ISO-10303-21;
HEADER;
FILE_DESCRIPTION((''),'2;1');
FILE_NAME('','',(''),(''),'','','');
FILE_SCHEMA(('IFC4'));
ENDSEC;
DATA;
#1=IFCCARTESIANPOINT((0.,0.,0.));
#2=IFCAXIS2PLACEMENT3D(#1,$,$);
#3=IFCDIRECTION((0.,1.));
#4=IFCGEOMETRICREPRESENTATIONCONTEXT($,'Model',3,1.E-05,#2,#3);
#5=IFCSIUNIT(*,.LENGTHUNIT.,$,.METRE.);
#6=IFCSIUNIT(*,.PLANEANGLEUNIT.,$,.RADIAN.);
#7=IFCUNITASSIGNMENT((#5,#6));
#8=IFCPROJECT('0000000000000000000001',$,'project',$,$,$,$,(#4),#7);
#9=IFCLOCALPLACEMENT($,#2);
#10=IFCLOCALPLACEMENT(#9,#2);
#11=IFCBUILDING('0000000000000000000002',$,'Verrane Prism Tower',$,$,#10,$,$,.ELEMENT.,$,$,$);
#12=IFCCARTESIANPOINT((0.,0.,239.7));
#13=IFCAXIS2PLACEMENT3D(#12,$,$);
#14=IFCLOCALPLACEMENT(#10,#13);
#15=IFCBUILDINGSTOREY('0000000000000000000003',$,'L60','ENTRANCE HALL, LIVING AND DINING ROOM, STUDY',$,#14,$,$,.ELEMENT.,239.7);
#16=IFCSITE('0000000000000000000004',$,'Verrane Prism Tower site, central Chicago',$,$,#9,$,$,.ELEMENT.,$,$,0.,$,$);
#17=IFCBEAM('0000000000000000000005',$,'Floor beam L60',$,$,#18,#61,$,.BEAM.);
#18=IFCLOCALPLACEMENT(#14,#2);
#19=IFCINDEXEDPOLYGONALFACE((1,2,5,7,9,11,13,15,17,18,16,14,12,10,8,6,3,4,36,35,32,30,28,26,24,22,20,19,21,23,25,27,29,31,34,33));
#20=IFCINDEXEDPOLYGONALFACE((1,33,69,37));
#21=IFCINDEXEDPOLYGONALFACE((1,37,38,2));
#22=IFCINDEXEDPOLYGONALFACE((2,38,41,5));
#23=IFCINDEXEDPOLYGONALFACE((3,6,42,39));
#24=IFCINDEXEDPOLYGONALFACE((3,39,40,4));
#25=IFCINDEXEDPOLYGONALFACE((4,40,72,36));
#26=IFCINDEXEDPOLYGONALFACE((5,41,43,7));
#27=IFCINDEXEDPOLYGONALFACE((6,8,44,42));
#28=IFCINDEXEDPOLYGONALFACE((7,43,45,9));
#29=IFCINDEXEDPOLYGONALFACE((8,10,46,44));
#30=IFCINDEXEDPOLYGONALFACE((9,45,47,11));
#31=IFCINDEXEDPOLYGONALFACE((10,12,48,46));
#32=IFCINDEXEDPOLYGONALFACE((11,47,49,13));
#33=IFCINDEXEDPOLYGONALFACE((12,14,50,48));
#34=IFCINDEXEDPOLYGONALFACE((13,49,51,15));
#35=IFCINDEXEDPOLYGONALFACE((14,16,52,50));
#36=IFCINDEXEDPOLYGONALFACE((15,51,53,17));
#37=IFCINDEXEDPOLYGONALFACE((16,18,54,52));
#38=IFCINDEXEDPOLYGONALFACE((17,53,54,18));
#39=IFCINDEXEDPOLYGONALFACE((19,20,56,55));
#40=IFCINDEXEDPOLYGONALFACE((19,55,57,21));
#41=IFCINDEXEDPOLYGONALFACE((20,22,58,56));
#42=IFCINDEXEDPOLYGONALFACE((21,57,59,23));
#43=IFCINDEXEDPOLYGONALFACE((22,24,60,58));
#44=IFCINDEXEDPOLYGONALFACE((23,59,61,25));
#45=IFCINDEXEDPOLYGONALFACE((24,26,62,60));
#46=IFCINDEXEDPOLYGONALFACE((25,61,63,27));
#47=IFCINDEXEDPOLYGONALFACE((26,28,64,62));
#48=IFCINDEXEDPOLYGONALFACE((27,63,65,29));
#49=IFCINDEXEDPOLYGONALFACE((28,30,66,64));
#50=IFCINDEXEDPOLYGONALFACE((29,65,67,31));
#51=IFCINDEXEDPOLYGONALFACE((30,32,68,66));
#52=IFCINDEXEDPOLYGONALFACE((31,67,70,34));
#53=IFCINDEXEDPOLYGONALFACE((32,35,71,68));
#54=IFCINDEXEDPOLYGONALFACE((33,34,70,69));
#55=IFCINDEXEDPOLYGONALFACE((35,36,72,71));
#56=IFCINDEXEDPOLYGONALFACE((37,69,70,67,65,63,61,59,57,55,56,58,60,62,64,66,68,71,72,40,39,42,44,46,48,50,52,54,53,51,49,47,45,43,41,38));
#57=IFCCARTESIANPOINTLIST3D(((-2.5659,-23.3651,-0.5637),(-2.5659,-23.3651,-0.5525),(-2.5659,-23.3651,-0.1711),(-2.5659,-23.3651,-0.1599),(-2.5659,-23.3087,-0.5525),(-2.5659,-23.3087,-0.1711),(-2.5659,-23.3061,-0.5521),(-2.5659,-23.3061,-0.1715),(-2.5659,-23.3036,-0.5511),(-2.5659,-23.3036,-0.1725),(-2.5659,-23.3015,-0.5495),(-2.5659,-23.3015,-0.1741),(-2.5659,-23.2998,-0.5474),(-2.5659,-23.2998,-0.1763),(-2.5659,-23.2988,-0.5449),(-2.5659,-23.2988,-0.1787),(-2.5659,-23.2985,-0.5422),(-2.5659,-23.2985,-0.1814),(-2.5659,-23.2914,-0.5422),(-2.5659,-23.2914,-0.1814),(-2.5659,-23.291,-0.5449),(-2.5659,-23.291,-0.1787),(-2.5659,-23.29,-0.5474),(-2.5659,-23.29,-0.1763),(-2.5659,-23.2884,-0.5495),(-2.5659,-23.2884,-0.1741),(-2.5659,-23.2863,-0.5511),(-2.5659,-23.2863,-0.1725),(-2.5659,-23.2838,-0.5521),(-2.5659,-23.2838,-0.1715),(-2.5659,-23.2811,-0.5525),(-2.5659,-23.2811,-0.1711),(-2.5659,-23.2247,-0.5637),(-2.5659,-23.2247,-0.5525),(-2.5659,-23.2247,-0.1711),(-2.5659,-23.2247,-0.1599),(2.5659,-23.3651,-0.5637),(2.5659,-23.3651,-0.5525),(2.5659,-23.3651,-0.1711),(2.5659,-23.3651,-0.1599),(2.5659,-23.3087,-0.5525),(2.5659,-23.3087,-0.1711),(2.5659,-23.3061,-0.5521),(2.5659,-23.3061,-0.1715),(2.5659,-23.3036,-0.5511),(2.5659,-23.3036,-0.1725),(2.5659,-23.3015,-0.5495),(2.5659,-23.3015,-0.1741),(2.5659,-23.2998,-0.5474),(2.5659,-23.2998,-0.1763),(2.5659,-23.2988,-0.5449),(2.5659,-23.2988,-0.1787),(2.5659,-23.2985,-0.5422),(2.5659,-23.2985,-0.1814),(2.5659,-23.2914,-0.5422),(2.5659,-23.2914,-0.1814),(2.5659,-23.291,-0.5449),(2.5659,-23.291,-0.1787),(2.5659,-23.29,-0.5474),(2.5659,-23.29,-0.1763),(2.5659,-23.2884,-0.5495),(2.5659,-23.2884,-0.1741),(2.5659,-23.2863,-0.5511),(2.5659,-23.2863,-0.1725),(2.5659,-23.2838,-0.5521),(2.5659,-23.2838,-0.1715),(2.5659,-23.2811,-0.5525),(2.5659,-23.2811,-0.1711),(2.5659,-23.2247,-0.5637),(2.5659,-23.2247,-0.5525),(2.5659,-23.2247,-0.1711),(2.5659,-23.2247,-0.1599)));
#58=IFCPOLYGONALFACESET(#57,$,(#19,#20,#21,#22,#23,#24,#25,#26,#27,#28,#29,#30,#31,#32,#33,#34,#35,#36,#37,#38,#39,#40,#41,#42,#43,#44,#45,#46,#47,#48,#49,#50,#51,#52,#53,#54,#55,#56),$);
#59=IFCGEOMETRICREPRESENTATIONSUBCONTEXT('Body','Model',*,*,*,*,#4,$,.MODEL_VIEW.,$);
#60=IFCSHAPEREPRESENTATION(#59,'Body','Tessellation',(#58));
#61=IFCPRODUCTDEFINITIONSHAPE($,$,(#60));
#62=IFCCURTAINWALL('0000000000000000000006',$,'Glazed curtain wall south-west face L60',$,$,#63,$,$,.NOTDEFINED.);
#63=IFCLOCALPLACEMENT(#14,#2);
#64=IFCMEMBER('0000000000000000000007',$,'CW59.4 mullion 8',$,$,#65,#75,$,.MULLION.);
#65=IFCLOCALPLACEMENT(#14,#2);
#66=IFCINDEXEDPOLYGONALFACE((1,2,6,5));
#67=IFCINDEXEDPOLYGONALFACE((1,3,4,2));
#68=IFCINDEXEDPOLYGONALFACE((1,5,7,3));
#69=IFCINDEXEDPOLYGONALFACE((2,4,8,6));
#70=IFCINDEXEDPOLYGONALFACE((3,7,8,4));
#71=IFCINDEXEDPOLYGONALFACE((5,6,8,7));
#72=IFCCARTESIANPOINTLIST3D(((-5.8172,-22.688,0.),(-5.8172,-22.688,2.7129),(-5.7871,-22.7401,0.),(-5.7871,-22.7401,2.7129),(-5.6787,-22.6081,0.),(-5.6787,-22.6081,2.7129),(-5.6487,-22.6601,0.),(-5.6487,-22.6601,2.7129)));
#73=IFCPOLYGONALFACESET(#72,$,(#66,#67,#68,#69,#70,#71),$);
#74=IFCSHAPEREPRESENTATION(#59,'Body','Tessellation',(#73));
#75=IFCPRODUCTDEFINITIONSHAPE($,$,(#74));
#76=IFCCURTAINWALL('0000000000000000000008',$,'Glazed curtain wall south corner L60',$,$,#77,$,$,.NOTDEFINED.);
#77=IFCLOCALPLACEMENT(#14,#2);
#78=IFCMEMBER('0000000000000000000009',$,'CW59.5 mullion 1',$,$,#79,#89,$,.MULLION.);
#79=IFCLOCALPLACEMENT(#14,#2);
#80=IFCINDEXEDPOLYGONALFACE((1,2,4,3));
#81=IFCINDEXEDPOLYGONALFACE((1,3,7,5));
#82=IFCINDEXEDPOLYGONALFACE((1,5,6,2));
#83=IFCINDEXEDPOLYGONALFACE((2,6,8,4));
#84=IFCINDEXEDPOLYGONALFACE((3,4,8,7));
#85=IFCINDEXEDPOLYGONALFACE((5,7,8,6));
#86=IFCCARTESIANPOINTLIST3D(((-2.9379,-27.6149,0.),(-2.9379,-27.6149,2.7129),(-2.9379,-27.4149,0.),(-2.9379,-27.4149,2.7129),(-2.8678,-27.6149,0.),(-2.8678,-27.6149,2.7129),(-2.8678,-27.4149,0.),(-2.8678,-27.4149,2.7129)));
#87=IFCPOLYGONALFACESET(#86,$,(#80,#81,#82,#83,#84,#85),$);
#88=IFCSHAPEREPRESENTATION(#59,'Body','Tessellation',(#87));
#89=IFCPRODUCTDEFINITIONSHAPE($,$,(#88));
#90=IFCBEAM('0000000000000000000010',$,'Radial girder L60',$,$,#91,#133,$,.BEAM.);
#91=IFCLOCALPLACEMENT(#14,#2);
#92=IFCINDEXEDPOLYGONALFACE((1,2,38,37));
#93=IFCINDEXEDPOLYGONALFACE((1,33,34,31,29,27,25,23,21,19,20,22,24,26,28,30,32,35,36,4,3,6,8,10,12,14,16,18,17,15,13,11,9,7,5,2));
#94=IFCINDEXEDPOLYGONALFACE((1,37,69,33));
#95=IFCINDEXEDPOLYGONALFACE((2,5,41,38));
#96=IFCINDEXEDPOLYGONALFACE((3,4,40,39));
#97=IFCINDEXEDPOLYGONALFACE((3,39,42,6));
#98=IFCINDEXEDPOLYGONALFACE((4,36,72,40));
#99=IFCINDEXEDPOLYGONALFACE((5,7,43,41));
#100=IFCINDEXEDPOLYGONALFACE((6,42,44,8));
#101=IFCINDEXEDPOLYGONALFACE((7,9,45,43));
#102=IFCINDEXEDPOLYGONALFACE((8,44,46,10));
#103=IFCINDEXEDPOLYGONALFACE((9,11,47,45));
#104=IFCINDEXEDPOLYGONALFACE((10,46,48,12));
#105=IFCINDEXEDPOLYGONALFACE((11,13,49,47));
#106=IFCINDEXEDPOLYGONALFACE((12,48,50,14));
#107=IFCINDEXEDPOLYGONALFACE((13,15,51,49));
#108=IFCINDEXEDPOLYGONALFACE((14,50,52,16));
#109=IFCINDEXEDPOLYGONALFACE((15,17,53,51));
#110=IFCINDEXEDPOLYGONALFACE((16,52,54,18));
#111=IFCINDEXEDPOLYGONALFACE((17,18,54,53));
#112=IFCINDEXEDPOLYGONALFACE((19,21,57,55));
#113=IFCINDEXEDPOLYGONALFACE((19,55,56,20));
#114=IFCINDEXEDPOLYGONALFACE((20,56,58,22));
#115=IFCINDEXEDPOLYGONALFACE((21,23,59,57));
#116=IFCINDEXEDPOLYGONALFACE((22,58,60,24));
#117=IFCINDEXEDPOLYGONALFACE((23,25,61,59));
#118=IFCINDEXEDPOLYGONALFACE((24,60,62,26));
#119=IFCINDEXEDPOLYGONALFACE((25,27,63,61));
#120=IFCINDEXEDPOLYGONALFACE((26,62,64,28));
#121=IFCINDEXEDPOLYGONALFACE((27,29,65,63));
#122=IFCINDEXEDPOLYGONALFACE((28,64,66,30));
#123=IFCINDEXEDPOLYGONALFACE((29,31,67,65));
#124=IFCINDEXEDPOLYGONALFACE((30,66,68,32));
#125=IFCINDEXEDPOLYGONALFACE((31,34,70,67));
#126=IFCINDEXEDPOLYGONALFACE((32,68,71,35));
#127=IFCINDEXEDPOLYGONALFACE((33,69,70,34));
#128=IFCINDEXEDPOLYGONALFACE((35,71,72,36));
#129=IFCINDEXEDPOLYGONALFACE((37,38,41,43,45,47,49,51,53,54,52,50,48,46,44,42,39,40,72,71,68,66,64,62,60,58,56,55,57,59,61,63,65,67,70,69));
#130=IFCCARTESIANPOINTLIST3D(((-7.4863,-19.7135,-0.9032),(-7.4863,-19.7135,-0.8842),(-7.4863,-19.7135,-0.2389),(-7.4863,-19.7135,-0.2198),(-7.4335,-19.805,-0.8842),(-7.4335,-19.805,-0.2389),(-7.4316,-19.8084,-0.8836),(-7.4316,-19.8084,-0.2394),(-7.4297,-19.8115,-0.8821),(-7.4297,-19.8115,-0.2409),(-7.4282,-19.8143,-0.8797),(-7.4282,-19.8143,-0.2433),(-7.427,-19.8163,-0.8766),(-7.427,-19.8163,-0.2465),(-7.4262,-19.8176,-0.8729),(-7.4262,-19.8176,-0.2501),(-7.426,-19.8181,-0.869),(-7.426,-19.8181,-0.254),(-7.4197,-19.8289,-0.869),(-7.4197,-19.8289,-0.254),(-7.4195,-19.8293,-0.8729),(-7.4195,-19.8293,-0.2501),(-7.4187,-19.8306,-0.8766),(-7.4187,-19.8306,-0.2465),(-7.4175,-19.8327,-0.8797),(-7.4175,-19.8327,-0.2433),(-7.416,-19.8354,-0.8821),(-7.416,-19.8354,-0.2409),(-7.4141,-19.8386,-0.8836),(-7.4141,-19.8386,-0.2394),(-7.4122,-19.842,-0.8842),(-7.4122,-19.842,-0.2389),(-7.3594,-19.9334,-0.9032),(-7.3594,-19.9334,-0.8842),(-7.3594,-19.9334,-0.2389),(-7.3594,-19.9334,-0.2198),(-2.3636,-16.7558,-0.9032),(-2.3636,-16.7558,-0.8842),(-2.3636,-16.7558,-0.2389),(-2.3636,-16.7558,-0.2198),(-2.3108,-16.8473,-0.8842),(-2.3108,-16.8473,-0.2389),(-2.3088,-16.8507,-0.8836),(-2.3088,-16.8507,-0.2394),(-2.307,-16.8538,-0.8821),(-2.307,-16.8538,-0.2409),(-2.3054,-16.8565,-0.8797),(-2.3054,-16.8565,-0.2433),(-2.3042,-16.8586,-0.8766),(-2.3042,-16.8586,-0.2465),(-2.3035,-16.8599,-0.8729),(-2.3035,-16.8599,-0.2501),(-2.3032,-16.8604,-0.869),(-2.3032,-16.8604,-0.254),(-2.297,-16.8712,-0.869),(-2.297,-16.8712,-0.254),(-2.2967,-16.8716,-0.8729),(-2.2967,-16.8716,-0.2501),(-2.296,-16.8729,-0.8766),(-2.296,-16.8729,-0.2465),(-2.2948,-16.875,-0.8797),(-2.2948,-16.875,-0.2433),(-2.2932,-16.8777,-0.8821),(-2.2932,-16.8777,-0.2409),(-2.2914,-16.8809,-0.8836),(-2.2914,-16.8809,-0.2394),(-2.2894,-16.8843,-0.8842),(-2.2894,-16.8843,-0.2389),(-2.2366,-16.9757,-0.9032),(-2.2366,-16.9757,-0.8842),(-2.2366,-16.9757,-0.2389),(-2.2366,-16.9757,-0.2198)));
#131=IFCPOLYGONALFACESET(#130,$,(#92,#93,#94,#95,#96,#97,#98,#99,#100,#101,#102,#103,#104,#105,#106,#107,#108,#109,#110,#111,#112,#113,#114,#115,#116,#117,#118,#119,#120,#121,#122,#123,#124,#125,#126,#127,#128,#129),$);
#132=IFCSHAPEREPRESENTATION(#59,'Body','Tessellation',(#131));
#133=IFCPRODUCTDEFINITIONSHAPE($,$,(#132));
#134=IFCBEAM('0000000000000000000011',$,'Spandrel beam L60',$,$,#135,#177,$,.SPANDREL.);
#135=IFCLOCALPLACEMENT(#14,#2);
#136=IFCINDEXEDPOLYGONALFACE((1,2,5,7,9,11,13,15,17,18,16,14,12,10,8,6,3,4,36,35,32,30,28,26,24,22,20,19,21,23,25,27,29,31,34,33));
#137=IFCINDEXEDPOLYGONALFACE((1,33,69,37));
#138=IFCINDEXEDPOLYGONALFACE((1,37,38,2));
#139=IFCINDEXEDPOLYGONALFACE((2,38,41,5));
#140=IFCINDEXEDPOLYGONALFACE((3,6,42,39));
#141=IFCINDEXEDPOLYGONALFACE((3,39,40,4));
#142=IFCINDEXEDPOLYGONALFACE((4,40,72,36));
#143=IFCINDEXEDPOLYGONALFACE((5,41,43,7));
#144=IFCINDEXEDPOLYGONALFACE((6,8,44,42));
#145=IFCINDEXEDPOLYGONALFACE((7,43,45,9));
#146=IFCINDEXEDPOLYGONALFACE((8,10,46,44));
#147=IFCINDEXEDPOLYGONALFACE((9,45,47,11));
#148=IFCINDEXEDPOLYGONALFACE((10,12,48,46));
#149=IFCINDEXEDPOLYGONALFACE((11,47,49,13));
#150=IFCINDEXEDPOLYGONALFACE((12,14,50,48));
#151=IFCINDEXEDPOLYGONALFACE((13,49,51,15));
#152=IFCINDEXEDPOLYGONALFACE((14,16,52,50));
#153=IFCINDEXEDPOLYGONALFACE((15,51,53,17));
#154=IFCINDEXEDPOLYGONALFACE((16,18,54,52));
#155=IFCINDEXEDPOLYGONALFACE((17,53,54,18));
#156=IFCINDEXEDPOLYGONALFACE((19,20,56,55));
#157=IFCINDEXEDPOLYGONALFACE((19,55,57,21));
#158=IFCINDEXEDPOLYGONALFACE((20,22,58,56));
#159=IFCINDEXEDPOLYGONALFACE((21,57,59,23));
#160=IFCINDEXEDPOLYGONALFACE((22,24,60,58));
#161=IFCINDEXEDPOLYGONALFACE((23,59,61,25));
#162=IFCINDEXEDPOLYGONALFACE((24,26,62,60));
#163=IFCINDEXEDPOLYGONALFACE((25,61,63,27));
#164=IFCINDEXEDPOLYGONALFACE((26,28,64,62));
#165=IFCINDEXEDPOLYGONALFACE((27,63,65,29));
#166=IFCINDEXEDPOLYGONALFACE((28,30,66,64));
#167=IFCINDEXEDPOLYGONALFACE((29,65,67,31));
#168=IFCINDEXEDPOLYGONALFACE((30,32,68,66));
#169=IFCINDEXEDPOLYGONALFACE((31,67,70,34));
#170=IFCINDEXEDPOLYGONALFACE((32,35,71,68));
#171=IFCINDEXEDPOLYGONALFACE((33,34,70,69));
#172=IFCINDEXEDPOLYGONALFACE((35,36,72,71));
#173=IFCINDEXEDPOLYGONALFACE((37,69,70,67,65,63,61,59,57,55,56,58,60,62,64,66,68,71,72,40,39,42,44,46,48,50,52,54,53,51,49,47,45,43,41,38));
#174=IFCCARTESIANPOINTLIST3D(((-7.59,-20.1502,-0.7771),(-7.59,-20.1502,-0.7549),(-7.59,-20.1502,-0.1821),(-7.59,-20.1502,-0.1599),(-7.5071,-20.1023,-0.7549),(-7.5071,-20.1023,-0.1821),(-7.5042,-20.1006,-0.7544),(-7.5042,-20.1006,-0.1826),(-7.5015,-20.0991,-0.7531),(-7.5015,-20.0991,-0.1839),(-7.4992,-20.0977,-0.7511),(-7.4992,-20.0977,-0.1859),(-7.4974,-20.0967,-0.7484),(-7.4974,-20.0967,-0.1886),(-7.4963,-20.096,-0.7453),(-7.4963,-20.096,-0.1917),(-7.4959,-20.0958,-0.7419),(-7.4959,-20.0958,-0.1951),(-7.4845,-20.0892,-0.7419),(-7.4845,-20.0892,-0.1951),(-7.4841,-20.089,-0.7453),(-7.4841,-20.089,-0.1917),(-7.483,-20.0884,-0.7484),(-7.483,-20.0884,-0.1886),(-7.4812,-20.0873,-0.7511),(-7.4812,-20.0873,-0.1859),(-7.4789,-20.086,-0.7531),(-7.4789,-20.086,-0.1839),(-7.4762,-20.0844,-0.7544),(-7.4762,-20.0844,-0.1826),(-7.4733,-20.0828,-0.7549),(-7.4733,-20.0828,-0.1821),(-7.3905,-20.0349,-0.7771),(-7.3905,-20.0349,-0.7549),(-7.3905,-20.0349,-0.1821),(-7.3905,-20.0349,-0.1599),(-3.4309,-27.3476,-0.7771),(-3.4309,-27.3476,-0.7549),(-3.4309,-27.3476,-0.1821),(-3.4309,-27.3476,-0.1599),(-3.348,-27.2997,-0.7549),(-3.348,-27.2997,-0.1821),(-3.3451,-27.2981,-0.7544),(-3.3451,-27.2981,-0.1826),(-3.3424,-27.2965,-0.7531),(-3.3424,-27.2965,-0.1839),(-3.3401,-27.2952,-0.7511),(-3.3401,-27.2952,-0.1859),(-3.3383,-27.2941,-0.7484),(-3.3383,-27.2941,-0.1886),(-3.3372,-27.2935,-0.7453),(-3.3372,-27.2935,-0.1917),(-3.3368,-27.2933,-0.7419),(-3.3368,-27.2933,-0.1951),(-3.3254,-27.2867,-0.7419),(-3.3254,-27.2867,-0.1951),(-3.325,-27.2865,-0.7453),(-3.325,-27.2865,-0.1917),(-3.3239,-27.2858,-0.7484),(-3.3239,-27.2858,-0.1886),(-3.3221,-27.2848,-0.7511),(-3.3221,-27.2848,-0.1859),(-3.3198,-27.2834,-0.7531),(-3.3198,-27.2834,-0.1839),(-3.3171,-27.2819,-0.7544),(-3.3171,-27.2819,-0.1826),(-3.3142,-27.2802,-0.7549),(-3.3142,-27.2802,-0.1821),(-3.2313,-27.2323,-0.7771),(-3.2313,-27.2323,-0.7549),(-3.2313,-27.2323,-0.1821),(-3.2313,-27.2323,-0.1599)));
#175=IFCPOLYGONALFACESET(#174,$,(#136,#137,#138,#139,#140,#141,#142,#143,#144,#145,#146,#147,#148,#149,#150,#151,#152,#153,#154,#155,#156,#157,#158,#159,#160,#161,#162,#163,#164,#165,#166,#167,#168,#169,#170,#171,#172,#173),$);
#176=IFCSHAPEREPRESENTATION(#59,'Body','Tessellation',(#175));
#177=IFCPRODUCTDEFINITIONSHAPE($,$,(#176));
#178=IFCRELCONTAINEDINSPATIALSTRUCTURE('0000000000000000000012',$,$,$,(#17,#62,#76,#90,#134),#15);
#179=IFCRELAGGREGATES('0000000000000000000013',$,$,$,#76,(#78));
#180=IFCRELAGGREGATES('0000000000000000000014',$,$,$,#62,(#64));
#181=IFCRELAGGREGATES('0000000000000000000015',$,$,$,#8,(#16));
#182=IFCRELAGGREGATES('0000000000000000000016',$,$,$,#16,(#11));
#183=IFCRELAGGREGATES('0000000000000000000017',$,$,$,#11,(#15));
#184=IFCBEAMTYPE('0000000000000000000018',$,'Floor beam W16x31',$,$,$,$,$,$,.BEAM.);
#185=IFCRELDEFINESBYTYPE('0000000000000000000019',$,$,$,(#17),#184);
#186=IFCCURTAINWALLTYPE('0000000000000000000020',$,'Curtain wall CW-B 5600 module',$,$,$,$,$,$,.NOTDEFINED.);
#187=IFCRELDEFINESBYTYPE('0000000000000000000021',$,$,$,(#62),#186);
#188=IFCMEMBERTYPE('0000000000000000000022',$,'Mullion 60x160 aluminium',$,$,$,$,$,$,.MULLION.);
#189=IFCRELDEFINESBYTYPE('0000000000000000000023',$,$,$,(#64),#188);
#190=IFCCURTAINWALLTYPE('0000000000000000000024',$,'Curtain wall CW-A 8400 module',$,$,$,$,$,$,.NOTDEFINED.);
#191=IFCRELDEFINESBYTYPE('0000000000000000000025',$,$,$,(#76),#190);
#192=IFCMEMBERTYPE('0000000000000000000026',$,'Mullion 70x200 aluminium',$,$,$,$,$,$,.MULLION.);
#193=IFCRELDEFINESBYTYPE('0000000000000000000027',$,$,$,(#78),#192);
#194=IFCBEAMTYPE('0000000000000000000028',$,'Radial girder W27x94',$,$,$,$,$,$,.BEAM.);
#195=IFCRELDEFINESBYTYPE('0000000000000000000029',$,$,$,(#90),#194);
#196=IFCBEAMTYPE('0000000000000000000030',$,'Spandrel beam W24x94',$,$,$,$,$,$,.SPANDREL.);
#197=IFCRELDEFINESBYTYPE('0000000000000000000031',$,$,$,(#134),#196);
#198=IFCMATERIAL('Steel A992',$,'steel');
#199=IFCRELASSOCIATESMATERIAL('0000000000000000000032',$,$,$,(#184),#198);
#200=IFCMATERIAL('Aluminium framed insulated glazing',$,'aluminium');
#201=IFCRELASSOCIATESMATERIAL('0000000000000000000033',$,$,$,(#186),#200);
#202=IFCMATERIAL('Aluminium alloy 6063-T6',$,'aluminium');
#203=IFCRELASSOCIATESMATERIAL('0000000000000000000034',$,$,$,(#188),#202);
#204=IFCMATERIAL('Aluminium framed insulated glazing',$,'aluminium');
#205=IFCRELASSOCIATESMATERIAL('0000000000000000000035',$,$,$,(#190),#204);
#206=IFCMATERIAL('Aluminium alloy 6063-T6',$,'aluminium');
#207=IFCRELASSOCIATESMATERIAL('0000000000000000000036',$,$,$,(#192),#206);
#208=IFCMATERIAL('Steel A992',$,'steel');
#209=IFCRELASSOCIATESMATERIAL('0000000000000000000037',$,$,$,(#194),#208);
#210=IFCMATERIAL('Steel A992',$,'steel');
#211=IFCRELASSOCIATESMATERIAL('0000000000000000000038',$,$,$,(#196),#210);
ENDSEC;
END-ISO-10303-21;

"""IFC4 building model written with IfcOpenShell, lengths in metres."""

from ifc_helpers import new_model, si_unit, direction, frame, origin, origin_2d, place, context, subcontext, project, spatial, rectangle, i_section, extrude, material, material_profile, profile_set, type_object, element, aggregate, save


model = new_model("IFC4")

# Units and contexts
model_context = context("Model", 3, precision=1e-05, world=origin(), true_north=direction((0.0, 1.0)))
body_context = subcontext(model_context, "Body", "Model", "MODEL_VIEW")
ifc_project = project(units=[si_unit("LENGTHUNIT", "METRE"), si_unit("PLANEANGLEUNIT", "RADIAN")], contexts=[model_context])

# Site, building, storey
site_placement = place(None, origin())
site = spatial("IfcSite", under=ifc_project, at=site_placement, Name="Verrane Prism Tower site, central Chicago", CompositionType="ELEMENT", RefElevation=0.0)
building_placement = place(site_placement, origin())
building = spatial("IfcBuilding", under=site, at=building_placement, Name="Verrane Prism Tower", CompositionType="ELEMENT")
storey_placement = place(building_placement, frame((0.0, 0.0, 239.7)))
storey = spatial("IfcBuildingStorey", under=building, at=storey_placement, Name="L60", Description="ENTRANCE HALL, LIVING AND DINING ROOM, STUDY", CompositionType="ELEMENT", Elevation=239.7)

# Beam
ifc_material_1 = material(Name="Steel A992", Category="steel")
ifc_material_profile_1 = material_profile(ifc_material_1, i_section(OverallWidth=0.1404, OverallDepth=0.4038, WebThickness=0.0071, FlangeThickness=0.0112, FilletRadius=0.0103, at=origin_2d()), Name="W16x31")
ifc_profile_set_1 = profile_set([ifc_material_profile_1], Name="Steel A992")
beam_type_1 = type_object("IfcBeamType", Name="Floor beam W16x31", PredefinedType="BEAM", material=ifc_profile_set_1)
beam_1_placement = place(storey_placement, frame((-2.5659, -23.2949, -0.3618), z_axis=(1.0, 0.0, 0.0), x_axis=(0.0, 1.0, 0.0)))
element("IfcBeam", 1, at=beam_1_placement, inside=storey, type_object=beam_type_1, Name="Floor beam L60", PredefinedType="BEAM", context=body_context, shape_type="SweptSolid", body=[
    extrude(i_section(OverallWidth=0.1404, OverallDepth=0.4038, WebThickness=0.0071, FlangeThickness=0.0112, FilletRadius=0.0103, at=origin_2d()), origin(), (0.0, 0.0, 1.0), 5.1318),
])

# Curtain walls, members
ifc_material_2 = material(Name="Aluminium framed insulated glazing", Category="aluminium")
curtain_wall_type_1 = type_object("IfcCurtainWallType", Name="Curtain wall CW-B 5600 module", PredefinedType="NOTDEFINED", material=ifc_material_2)
curtain_wall_1_placement = place(storey_placement, origin())
curtain_wall_1 = element("IfcCurtainWall", 2, at=curtain_wall_1_placement, inside=storey, type_object=curtain_wall_type_1, Name="Glazed curtain wall south-west face L60", PredefinedType="NOTDEFINED")
ifc_material_3 = material(Name="Aluminium alloy 6063-T6", Category="aluminium")
ifc_material_profile_2 = material_profile(ifc_material_3, rectangle(XDim=0.1599, YDim=0.0601, at=origin_2d()), Name="Mullion 60x160 aluminium")
ifc_profile_set_2 = profile_set([ifc_material_profile_2], Name="Aluminium alloy 6063-T6")
member_type_1 = type_object("IfcMemberType", Name="Mullion 60x160 aluminium", PredefinedType="MULLION", material=ifc_profile_set_2)
member_1_placement = place(storey_placement, frame((-5.7329, -22.6741, 0.0), z_axis=(0.0, 0.0, 1.0), x_axis=(0.866026, 0.499999, 0.0)))
member_1 = element("IfcMember", 3, at=member_1_placement, type_object=member_type_1, Name="CW59.4 mullion 8", PredefinedType="MULLION", context=body_context, shape_type="SweptSolid", body=[
    extrude(rectangle(XDim=0.1599, YDim=0.0601, at=origin_2d()), origin(), (0.0, 0.0, 1.0), 2.7129),
])
ifc_material_4 = material(Name="Aluminium framed insulated glazing", Category="aluminium")
curtain_wall_type_2 = type_object("IfcCurtainWallType", Name="Curtain wall CW-A 8400 module", PredefinedType="NOTDEFINED", material=ifc_material_4)
curtain_wall_2_placement = place(storey_placement, origin())
curtain_wall_2 = element("IfcCurtainWall", 4, at=curtain_wall_2_placement, inside=storey, type_object=curtain_wall_type_2, Name="Glazed curtain wall south corner L60", PredefinedType="NOTDEFINED")
ifc_material_5 = material(Name="Aluminium alloy 6063-T6", Category="aluminium")
ifc_material_profile_3 = material_profile(ifc_material_5, rectangle(XDim=0.2, YDim=0.0701, at=origin_2d()), Name="Mullion 70x200 aluminium")
ifc_profile_set_3 = profile_set([ifc_material_profile_3], Name="Aluminium alloy 6063-T6")
member_type_2 = type_object("IfcMemberType", Name="Mullion 70x200 aluminium", PredefinedType="MULLION", material=ifc_profile_set_3)
member_2_placement = place(storey_placement, frame((-2.9028, -27.5149, 0.0), z_axis=(0.0, 0.0, 1.0), x_axis=(0.0, 1.0, 0.0)))
member_2 = element("IfcMember", 5, at=member_2_placement, type_object=member_type_2, Name="CW59.5 mullion 1", PredefinedType="MULLION", context=body_context, shape_type="SweptSolid", body=[
    extrude(rectangle(XDim=0.2, YDim=0.0701, at=origin_2d()), origin(), (0.0, 0.0, 1.0), 2.7129),
])

# Beams
ifc_material_6 = material(Name="Steel A992", Category="steel")
ifc_material_profile_4 = material_profile(ifc_material_6, i_section(OverallWidth=0.2539, OverallDepth=0.6833, WebThickness=0.0125, FlangeThickness=0.019, FilletRadius=0.0151, at=origin_2d()), Name="W27x94")
ifc_profile_set_4 = profile_set([ifc_material_profile_4], Name="Steel A992")
beam_type_2 = type_object("IfcBeamType", Name="Radial girder W27x94", PredefinedType="BEAM", material=ifc_profile_set_4)
beam_2_placement = place(storey_placement, frame((-7.4229, -19.8235, -0.5615), z_axis=(0.866017, 0.500014, 0.0), x_axis=(-0.500014, 0.866017, 0.0)))
element("IfcBeam", 6, at=beam_2_placement, inside=storey, type_object=beam_type_2, Name="Radial girder L60", PredefinedType="BEAM", context=body_context, shape_type="SweptSolid", body=[
    extrude(i_section(OverallWidth=0.2539, OverallDepth=0.6833, WebThickness=0.0125, FlangeThickness=0.019, FilletRadius=0.0151, at=origin_2d()), origin(), (0.0, 0.0, 1.0), 5.9153),
])
ifc_material_7 = material(Name="Steel A992", Category="steel")
ifc_material_profile_5 = material_profile(ifc_material_7, i_section(OverallWidth=0.2305, OverallDepth=0.6172, WebThickness=0.0132, FlangeThickness=0.0222, FilletRadius=0.0129, at=origin_2d()), Name="W24x94")
ifc_profile_set_5 = profile_set([ifc_material_profile_5], Name="Steel A992")
beam_type_3 = type_object("IfcBeamType", Name="Spandrel beam W24x94", PredefinedType="SPANDREL", material=ifc_profile_set_5)
beam_3_placement = place(storey_placement, frame((-7.4902, -20.0925, -0.4685), z_axis=(0.500333, -0.865833, 0.0), x_axis=(0.865833, 0.500333, 0.0)))
element("IfcBeam", 7, at=beam_3_placement, inside=storey, type_object=beam_type_3, Name="Spandrel beam L60", PredefinedType="SPANDREL", context=body_context, shape_type="SweptSolid", body=[
    extrude(i_section(OverallWidth=0.2305, OverallDepth=0.6172, WebThickness=0.0132, FlangeThickness=0.0222, FilletRadius=0.0129, at=origin_2d()), origin(), (0.0, 0.0, 1.0), 8.3127),
])

aggregate(curtain_wall_2, [member_2])

aggregate(curtain_wall_1, [member_1])

save(model, "model.ifc")
